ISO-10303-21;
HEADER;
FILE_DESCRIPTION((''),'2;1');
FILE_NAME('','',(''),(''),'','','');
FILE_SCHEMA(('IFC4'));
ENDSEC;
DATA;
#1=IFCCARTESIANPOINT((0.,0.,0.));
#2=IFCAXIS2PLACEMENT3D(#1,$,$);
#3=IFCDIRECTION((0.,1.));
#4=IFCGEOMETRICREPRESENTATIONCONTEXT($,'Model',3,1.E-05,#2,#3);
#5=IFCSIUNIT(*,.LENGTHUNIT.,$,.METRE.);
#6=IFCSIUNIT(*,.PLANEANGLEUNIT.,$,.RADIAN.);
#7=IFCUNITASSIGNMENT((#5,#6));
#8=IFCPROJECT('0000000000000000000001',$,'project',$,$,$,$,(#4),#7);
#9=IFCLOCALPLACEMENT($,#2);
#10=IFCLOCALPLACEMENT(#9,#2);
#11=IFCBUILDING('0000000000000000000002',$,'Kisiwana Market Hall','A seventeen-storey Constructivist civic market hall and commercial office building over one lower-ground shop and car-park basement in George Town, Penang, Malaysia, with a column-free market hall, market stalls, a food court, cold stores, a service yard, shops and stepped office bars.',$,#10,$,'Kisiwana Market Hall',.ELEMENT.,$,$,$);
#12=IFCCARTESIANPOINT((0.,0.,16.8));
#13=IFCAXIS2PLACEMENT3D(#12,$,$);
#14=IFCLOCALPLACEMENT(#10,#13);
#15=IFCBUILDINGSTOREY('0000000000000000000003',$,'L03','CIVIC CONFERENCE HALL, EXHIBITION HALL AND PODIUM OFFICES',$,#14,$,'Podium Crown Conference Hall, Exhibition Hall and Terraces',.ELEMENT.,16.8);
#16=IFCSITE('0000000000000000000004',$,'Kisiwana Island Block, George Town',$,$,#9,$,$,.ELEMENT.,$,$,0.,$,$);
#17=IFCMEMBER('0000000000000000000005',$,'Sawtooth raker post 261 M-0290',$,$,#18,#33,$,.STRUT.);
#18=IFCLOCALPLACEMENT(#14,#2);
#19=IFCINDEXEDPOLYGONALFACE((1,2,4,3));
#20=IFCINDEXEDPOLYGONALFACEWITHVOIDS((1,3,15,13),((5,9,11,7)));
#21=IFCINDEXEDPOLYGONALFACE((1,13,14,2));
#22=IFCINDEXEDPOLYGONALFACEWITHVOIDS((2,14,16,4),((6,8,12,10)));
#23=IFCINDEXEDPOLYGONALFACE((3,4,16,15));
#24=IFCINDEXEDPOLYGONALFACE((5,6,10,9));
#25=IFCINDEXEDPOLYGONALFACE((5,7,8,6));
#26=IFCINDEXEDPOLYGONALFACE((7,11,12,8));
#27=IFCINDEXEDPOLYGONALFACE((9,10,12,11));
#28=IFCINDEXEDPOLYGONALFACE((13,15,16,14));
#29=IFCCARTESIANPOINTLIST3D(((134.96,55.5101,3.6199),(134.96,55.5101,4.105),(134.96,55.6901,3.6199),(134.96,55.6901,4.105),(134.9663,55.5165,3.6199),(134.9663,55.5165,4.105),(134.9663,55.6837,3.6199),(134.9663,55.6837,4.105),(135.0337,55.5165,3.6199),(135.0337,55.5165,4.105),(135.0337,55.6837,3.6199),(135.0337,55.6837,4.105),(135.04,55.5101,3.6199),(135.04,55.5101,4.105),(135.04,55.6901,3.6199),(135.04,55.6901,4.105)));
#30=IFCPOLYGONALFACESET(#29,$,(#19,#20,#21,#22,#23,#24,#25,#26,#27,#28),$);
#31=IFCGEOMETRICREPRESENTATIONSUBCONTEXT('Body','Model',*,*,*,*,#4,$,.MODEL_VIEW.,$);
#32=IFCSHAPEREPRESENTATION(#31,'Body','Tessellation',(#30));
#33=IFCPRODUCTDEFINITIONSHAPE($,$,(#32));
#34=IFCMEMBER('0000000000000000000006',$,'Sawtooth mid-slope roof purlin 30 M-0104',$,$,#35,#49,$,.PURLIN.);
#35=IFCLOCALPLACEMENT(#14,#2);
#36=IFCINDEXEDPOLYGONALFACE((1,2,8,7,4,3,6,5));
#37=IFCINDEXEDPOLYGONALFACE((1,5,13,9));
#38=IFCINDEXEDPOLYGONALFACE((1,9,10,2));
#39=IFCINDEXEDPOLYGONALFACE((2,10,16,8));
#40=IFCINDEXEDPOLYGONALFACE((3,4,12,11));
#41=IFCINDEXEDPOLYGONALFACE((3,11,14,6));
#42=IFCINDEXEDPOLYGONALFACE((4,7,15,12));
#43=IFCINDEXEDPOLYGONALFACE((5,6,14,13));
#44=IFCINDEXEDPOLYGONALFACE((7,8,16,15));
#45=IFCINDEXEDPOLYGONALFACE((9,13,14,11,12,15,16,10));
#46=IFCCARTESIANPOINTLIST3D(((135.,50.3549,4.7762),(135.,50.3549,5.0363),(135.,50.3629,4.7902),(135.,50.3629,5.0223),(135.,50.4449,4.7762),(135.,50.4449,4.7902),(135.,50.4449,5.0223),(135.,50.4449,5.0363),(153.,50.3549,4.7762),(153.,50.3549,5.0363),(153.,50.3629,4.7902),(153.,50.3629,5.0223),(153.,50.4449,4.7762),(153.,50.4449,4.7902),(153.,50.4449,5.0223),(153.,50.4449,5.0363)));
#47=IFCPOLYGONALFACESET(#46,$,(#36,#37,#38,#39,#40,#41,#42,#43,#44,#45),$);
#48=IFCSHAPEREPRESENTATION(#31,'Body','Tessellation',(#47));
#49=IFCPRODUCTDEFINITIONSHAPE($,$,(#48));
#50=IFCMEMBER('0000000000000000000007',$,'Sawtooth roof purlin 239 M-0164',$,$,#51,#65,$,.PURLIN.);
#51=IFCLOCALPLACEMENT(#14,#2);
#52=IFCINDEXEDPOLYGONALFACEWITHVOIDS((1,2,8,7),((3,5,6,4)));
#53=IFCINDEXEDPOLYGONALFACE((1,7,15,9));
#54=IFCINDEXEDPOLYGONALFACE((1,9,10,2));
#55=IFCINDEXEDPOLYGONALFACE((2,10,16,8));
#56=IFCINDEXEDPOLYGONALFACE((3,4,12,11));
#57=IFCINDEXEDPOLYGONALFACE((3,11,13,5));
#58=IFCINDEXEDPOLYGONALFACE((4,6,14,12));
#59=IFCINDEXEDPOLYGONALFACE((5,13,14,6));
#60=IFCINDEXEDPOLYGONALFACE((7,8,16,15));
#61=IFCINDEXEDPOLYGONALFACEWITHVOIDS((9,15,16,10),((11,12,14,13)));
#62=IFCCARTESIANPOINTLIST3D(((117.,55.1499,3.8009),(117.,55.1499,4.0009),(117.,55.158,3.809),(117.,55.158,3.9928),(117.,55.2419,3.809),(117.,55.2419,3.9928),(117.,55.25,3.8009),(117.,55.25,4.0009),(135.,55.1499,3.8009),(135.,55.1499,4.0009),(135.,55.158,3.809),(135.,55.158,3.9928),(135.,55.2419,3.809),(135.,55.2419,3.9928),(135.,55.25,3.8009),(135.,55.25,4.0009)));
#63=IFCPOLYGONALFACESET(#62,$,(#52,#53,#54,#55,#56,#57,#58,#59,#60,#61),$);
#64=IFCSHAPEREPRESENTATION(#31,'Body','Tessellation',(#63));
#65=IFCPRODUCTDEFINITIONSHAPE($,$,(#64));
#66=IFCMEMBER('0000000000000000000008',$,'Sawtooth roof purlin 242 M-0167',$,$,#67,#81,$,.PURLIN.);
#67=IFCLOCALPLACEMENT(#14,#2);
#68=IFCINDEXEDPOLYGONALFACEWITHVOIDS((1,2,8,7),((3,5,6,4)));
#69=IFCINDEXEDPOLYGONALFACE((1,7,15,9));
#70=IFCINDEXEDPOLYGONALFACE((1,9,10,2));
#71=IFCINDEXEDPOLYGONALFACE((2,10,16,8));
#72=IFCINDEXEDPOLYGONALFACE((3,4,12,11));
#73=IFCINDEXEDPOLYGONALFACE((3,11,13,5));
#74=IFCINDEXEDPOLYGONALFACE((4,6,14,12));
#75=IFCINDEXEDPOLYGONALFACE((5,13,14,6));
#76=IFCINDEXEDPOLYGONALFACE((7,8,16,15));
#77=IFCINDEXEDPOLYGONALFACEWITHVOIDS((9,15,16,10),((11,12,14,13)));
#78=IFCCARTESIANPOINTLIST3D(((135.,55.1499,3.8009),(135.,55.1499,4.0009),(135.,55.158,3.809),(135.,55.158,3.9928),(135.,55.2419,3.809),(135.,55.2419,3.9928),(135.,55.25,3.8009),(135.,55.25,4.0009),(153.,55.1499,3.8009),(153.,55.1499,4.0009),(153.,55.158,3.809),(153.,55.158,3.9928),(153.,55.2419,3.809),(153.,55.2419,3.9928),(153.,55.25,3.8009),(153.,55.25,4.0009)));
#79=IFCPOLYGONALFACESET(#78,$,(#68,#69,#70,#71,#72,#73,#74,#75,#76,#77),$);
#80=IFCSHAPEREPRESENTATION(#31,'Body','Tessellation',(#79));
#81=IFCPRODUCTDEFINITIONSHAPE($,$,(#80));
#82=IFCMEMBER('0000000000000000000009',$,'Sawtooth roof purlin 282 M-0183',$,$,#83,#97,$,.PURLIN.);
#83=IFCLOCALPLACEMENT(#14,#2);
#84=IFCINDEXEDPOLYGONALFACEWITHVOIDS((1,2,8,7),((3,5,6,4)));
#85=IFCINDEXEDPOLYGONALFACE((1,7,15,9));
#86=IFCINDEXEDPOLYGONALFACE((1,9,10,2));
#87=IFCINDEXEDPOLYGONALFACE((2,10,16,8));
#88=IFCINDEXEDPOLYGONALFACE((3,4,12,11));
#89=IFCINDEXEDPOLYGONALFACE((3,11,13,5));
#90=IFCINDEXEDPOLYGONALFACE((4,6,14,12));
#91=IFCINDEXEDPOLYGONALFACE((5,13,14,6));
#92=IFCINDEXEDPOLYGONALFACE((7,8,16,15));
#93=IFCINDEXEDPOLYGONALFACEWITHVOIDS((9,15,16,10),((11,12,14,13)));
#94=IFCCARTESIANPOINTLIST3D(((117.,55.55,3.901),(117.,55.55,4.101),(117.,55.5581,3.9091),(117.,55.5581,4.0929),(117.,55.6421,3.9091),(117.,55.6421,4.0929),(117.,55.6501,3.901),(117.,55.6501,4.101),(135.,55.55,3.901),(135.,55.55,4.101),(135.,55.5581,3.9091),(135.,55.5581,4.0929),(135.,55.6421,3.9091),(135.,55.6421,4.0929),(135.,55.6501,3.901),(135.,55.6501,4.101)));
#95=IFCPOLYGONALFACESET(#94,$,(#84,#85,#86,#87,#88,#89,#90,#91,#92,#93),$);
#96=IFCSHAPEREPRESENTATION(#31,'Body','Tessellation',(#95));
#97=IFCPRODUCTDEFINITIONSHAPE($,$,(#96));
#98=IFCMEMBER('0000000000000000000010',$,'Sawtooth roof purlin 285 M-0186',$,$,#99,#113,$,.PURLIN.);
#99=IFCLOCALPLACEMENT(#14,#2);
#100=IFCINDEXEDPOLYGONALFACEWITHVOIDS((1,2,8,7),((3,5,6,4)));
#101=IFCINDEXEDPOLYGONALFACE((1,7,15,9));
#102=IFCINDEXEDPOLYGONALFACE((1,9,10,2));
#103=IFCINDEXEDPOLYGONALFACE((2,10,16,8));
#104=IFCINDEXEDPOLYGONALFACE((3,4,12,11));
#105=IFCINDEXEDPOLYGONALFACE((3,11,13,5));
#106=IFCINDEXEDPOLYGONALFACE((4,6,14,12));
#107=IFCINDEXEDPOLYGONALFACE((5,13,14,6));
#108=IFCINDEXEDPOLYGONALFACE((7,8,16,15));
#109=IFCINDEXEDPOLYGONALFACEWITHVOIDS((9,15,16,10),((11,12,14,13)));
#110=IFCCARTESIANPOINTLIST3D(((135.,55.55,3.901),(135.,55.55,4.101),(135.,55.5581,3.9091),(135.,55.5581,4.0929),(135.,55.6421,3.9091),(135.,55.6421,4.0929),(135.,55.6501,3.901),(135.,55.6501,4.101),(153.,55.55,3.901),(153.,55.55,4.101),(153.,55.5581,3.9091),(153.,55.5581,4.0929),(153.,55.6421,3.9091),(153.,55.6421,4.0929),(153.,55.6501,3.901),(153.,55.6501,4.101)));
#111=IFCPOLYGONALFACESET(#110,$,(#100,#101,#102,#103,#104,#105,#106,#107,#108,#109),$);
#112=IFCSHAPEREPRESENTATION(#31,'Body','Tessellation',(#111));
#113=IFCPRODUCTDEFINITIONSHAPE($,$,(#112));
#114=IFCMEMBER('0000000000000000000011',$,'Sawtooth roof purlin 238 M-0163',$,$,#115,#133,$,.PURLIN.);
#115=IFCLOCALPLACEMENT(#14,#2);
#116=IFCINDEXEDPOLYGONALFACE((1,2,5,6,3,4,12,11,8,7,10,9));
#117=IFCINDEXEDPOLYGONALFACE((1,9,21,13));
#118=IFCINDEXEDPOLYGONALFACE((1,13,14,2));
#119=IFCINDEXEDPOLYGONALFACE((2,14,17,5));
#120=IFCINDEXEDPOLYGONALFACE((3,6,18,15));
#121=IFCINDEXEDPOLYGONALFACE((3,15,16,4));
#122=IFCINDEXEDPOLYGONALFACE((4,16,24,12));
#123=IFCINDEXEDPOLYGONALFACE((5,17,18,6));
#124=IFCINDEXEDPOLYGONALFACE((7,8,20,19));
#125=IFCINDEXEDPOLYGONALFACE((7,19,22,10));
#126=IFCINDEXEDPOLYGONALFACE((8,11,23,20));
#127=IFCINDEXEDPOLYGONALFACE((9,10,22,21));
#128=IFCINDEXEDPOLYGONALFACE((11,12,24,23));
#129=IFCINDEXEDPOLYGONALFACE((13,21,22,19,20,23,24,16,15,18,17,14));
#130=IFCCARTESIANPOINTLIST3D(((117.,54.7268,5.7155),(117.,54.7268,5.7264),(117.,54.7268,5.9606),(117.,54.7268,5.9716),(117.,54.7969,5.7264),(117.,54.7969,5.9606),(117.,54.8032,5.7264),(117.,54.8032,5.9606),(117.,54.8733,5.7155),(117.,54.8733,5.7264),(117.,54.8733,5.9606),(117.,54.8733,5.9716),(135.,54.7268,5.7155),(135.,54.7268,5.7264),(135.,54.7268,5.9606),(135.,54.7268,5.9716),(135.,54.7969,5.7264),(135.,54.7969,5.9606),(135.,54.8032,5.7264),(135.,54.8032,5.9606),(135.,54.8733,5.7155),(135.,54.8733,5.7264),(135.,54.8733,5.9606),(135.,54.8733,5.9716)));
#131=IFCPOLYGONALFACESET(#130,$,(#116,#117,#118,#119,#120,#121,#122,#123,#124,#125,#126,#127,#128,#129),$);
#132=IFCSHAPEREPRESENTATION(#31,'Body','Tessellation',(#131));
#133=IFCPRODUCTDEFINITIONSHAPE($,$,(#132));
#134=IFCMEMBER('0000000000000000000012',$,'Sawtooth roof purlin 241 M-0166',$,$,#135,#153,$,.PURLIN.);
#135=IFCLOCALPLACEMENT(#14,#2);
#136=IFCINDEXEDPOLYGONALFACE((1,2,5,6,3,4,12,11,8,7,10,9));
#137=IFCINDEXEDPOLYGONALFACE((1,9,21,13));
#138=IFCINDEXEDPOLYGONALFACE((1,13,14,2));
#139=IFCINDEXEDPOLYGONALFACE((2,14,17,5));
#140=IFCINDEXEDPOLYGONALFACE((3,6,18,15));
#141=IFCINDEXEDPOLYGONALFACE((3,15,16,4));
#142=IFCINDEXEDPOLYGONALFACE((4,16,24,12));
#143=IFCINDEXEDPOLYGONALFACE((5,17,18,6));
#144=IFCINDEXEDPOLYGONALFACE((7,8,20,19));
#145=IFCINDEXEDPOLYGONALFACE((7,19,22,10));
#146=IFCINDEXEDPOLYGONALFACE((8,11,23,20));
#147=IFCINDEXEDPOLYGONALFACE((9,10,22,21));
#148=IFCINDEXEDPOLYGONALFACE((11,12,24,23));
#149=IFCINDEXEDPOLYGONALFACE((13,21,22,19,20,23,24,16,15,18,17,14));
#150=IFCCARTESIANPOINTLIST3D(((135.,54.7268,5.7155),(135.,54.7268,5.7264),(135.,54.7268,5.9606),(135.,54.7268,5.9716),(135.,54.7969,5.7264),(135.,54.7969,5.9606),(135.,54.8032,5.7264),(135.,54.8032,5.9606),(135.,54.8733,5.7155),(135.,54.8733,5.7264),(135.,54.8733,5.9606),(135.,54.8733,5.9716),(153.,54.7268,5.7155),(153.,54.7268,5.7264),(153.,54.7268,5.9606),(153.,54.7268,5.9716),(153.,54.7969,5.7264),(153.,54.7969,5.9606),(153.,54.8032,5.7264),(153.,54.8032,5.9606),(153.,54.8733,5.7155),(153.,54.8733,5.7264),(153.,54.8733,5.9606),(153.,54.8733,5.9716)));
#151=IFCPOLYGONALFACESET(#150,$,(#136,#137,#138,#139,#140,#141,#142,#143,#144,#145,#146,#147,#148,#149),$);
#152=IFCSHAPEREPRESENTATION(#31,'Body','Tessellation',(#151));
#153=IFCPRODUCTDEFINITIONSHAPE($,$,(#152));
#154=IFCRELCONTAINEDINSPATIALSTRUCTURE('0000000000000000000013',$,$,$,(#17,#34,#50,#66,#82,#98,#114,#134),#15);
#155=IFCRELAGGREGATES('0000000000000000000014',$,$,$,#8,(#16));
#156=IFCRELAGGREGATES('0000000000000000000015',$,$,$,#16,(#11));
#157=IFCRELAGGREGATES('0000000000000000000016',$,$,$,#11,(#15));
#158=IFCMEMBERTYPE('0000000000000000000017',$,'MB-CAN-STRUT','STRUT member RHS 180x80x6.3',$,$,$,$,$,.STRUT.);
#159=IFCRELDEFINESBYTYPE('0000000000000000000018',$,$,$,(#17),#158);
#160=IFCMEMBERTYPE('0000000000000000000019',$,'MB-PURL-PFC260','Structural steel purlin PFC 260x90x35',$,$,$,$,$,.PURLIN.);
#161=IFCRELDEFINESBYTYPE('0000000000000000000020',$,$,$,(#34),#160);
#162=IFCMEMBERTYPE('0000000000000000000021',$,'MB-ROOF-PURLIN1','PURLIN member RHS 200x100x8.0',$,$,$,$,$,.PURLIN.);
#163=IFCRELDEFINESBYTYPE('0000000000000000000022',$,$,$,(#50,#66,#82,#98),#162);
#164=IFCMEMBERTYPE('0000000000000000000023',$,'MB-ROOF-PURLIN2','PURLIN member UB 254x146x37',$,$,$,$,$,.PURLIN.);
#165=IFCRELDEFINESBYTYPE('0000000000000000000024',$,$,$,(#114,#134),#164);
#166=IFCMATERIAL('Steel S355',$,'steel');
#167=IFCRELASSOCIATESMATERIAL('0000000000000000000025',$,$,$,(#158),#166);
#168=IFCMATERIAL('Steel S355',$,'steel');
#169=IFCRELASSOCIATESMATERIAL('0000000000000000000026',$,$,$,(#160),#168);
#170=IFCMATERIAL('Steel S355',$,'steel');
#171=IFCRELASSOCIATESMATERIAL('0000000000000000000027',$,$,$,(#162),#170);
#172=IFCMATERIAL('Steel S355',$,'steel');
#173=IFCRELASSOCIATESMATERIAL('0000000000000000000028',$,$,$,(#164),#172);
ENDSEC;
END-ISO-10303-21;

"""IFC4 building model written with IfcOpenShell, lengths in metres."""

from ifc_helpers import new_model, si_unit, direction, frame, origin, origin_2d, place, context, subcontext, project, spatial, hollow_rectangle, i_section, u_section, extrude, material, material_profile, profile_set, type_object, element, save


model = new_model("IFC4")

# Units and contexts
model_context = context("Model", 3, precision=1e-05, world=origin(), true_north=direction((0.0, 1.0)))
body_context = subcontext(model_context, "Body", "Model", "MODEL_VIEW")
ifc_project = project(units=[si_unit("LENGTHUNIT", "METRE"), si_unit("PLANEANGLEUNIT", "RADIAN")], contexts=[model_context])

# Site, building, storey
site_placement = place(None, origin())
site = spatial("IfcSite", under=ifc_project, at=site_placement, Name="Kisiwana Island Block, George Town", CompositionType="ELEMENT", RefElevation=0.0)
building_placement = place(site_placement, origin())
building = spatial("IfcBuilding", under=site, at=building_placement, Name="Kisiwana Market Hall", Description="A seventeen-storey Constructivist civic market hall and commercial office building over one lower-ground shop and car-park basement in George Town, Penang, Malaysia, with a column-free market hall, market stalls, a food court, cold stores, a service yard, shops and stepped office bars.", LongName="Kisiwana Market Hall", CompositionType="ELEMENT")
storey_placement = place(building_placement, frame((0.0, 0.0, 16.8)))
storey = spatial("IfcBuildingStorey", under=building, at=storey_placement, Name="L03", Description="CIVIC CONFERENCE HALL, EXHIBITION HALL AND PODIUM OFFICES", LongName="Podium Crown Conference Hall, Exhibition Hall and Terraces", CompositionType="ELEMENT", Elevation=16.8)

# Members
ifc_material_1 = material(Name="Steel S355", Category="steel")
ifc_material_profile_1 = material_profile(ifc_material_1, hollow_rectangle(XDim=0.0801, YDim=0.1799, WallThickness=0.0063, at=origin_2d()), Name="RHS 180x80x6.3")
ifc_profile_set_1 = profile_set([ifc_material_profile_1], Name="Steel S355")
member_type_1 = type_object("IfcMemberType", Name="MB-CAN-STRUT", Description="STRUT member RHS 180x80x6.3", PredefinedType="STRUT", material=ifc_profile_set_1)
for number, where, z_axis, x_axis, name in (
    (1, (135.0, 55.6001, 3.6199), (0.0, 0.0, 1.0), (1.0, 0.0, 0.0), "Sawtooth raker post 261 M-0290"),
):
    element("IfcMember", number, at=place(storey_placement, frame(where, z_axis=z_axis, x_axis=x_axis)), inside=storey, type_object=member_type_1, Name=name, PredefinedType="STRUT", context=body_context, shape_type="SweptSolid", body=[
        extrude(hollow_rectangle(XDim=0.0801, YDim=0.1799, WallThickness=0.0063, at=origin_2d()), origin(), (0.0, 0.0, 1.0), 0.4851),
    ])
ifc_material_2 = material(Name="Steel S355", Category="steel")
ifc_material_profile_2 = material_profile(ifc_material_2, u_section(Depth=0.26, FlangeWidth=0.0901, WebThickness=0.0081, FlangeThickness=0.0139, at=origin_2d()), Name="PFC 260x90x35")
ifc_profile_set_2 = profile_set([ifc_material_profile_2], Name="Steel S355")
member_type_2 = type_object("IfcMemberType", Name="MB-PURL-PFC260", Description="Structural steel purlin PFC 260x90x35", PredefinedType="PURLIN", material=ifc_profile_set_2)
member_1_placement = place(storey_placement, frame((135.0, 50.3999, 4.9062), z_axis=(1.0, 0.0, 0.0), x_axis=(0.0, 1.0, 0.0)))
element("IfcMember", 2, at=member_1_placement, inside=storey, type_object=member_type_2, Name="Sawtooth mid-slope roof purlin 30 M-0104", PredefinedType="PURLIN", context=body_context, shape_type="SweptSolid", body=[
    extrude(u_section(Depth=0.26, FlangeWidth=0.0901, WebThickness=0.0081, FlangeThickness=0.0139, at=origin_2d()), origin(), (0.0, 0.0, 1.0), 18.0),
])
ifc_material_3 = material(Name="Steel S355", Category="steel")
ifc_material_profile_3 = material_profile(ifc_material_3, hollow_rectangle(XDim=0.1001, YDim=0.2, WallThickness=0.0081, at=origin_2d()), Name="RHS 200x100x8.0")
ifc_profile_set_3 = profile_set([ifc_material_profile_3], Name="Steel S355")
member_type_3 = type_object("IfcMemberType", Name="MB-ROOF-PURLIN1", Description="PURLIN member RHS 200x100x8.0", PredefinedType="PURLIN", material=ifc_profile_set_3)
for number, where, z_axis, x_axis, name in (
    (3, (117.0, 55.2, 3.9009), (1.0, 0.0, 0.0), (0.0, 1.0, 0.0), "Sawtooth roof purlin 239 M-0164"),
    (4, (135.0, 55.2, 3.9009), (1.0, 0.0, 0.0), (0.0, 1.0, 0.0), "Sawtooth roof purlin 242 M-0167"),
    (5, (117.0, 55.6001, 4.001), (1.0, 0.0, 0.0), (0.0, 1.0, 0.0), "Sawtooth roof purlin 282 M-0183"),
    (6, (135.0, 55.6001, 4.001), (1.0, 0.0, 0.0), (0.0, 1.0, 0.0), "Sawtooth roof purlin 285 M-0186"),
):
    element("IfcMember", number, at=place(storey_placement, frame(where, z_axis=z_axis, x_axis=x_axis)), inside=storey, type_object=member_type_3, Name=name, PredefinedType="PURLIN", context=body_context, shape_type="SweptSolid", body=[
        extrude(hollow_rectangle(XDim=0.1001, YDim=0.2, WallThickness=0.0081, at=origin_2d()), origin(), (0.0, 0.0, 1.0), 18.0),
    ])
ifc_material_4 = material(Name="Steel S355", Category="steel")
ifc_material_profile_4 = material_profile(ifc_material_4, i_section(OverallWidth=0.1465, OverallDepth=0.2561, WebThickness=0.0063, FlangeThickness=0.011, at=origin_2d()), Name="UB 254x146x37")
ifc_profile_set_4 = profile_set([ifc_material_profile_4], Name="Steel S355")
member_type_4 = type_object("IfcMemberType", Name="MB-ROOF-PURLIN2", Description="PURLIN member UB 254x146x37", PredefinedType="PURLIN", material=ifc_profile_set_4)
for number, where, z_axis, x_axis, name in (
    (7, (117.0, 54.8, 5.8435), (1.0, 0.0, 0.0), (0.0, 1.0, 0.0), "Sawtooth roof purlin 238 M-0163"),
    (8, (135.0, 54.8, 5.8435), (1.0, 0.0, 0.0), (0.0, 1.0, 0.0), "Sawtooth roof purlin 241 M-0166"),
):
    element("IfcMember", number, at=place(storey_placement, frame(where, z_axis=z_axis, x_axis=x_axis)), inside=storey, type_object=member_type_4, Name=name, PredefinedType="PURLIN", context=body_context, shape_type="SweptSolid", body=[
        extrude(i_section(OverallWidth=0.1465, OverallDepth=0.2561, WebThickness=0.0063, FlangeThickness=0.011, at=origin_2d()), origin(), (0.0, 0.0, 1.0), 18.0),
    ])

save(model, "model.ifc")
